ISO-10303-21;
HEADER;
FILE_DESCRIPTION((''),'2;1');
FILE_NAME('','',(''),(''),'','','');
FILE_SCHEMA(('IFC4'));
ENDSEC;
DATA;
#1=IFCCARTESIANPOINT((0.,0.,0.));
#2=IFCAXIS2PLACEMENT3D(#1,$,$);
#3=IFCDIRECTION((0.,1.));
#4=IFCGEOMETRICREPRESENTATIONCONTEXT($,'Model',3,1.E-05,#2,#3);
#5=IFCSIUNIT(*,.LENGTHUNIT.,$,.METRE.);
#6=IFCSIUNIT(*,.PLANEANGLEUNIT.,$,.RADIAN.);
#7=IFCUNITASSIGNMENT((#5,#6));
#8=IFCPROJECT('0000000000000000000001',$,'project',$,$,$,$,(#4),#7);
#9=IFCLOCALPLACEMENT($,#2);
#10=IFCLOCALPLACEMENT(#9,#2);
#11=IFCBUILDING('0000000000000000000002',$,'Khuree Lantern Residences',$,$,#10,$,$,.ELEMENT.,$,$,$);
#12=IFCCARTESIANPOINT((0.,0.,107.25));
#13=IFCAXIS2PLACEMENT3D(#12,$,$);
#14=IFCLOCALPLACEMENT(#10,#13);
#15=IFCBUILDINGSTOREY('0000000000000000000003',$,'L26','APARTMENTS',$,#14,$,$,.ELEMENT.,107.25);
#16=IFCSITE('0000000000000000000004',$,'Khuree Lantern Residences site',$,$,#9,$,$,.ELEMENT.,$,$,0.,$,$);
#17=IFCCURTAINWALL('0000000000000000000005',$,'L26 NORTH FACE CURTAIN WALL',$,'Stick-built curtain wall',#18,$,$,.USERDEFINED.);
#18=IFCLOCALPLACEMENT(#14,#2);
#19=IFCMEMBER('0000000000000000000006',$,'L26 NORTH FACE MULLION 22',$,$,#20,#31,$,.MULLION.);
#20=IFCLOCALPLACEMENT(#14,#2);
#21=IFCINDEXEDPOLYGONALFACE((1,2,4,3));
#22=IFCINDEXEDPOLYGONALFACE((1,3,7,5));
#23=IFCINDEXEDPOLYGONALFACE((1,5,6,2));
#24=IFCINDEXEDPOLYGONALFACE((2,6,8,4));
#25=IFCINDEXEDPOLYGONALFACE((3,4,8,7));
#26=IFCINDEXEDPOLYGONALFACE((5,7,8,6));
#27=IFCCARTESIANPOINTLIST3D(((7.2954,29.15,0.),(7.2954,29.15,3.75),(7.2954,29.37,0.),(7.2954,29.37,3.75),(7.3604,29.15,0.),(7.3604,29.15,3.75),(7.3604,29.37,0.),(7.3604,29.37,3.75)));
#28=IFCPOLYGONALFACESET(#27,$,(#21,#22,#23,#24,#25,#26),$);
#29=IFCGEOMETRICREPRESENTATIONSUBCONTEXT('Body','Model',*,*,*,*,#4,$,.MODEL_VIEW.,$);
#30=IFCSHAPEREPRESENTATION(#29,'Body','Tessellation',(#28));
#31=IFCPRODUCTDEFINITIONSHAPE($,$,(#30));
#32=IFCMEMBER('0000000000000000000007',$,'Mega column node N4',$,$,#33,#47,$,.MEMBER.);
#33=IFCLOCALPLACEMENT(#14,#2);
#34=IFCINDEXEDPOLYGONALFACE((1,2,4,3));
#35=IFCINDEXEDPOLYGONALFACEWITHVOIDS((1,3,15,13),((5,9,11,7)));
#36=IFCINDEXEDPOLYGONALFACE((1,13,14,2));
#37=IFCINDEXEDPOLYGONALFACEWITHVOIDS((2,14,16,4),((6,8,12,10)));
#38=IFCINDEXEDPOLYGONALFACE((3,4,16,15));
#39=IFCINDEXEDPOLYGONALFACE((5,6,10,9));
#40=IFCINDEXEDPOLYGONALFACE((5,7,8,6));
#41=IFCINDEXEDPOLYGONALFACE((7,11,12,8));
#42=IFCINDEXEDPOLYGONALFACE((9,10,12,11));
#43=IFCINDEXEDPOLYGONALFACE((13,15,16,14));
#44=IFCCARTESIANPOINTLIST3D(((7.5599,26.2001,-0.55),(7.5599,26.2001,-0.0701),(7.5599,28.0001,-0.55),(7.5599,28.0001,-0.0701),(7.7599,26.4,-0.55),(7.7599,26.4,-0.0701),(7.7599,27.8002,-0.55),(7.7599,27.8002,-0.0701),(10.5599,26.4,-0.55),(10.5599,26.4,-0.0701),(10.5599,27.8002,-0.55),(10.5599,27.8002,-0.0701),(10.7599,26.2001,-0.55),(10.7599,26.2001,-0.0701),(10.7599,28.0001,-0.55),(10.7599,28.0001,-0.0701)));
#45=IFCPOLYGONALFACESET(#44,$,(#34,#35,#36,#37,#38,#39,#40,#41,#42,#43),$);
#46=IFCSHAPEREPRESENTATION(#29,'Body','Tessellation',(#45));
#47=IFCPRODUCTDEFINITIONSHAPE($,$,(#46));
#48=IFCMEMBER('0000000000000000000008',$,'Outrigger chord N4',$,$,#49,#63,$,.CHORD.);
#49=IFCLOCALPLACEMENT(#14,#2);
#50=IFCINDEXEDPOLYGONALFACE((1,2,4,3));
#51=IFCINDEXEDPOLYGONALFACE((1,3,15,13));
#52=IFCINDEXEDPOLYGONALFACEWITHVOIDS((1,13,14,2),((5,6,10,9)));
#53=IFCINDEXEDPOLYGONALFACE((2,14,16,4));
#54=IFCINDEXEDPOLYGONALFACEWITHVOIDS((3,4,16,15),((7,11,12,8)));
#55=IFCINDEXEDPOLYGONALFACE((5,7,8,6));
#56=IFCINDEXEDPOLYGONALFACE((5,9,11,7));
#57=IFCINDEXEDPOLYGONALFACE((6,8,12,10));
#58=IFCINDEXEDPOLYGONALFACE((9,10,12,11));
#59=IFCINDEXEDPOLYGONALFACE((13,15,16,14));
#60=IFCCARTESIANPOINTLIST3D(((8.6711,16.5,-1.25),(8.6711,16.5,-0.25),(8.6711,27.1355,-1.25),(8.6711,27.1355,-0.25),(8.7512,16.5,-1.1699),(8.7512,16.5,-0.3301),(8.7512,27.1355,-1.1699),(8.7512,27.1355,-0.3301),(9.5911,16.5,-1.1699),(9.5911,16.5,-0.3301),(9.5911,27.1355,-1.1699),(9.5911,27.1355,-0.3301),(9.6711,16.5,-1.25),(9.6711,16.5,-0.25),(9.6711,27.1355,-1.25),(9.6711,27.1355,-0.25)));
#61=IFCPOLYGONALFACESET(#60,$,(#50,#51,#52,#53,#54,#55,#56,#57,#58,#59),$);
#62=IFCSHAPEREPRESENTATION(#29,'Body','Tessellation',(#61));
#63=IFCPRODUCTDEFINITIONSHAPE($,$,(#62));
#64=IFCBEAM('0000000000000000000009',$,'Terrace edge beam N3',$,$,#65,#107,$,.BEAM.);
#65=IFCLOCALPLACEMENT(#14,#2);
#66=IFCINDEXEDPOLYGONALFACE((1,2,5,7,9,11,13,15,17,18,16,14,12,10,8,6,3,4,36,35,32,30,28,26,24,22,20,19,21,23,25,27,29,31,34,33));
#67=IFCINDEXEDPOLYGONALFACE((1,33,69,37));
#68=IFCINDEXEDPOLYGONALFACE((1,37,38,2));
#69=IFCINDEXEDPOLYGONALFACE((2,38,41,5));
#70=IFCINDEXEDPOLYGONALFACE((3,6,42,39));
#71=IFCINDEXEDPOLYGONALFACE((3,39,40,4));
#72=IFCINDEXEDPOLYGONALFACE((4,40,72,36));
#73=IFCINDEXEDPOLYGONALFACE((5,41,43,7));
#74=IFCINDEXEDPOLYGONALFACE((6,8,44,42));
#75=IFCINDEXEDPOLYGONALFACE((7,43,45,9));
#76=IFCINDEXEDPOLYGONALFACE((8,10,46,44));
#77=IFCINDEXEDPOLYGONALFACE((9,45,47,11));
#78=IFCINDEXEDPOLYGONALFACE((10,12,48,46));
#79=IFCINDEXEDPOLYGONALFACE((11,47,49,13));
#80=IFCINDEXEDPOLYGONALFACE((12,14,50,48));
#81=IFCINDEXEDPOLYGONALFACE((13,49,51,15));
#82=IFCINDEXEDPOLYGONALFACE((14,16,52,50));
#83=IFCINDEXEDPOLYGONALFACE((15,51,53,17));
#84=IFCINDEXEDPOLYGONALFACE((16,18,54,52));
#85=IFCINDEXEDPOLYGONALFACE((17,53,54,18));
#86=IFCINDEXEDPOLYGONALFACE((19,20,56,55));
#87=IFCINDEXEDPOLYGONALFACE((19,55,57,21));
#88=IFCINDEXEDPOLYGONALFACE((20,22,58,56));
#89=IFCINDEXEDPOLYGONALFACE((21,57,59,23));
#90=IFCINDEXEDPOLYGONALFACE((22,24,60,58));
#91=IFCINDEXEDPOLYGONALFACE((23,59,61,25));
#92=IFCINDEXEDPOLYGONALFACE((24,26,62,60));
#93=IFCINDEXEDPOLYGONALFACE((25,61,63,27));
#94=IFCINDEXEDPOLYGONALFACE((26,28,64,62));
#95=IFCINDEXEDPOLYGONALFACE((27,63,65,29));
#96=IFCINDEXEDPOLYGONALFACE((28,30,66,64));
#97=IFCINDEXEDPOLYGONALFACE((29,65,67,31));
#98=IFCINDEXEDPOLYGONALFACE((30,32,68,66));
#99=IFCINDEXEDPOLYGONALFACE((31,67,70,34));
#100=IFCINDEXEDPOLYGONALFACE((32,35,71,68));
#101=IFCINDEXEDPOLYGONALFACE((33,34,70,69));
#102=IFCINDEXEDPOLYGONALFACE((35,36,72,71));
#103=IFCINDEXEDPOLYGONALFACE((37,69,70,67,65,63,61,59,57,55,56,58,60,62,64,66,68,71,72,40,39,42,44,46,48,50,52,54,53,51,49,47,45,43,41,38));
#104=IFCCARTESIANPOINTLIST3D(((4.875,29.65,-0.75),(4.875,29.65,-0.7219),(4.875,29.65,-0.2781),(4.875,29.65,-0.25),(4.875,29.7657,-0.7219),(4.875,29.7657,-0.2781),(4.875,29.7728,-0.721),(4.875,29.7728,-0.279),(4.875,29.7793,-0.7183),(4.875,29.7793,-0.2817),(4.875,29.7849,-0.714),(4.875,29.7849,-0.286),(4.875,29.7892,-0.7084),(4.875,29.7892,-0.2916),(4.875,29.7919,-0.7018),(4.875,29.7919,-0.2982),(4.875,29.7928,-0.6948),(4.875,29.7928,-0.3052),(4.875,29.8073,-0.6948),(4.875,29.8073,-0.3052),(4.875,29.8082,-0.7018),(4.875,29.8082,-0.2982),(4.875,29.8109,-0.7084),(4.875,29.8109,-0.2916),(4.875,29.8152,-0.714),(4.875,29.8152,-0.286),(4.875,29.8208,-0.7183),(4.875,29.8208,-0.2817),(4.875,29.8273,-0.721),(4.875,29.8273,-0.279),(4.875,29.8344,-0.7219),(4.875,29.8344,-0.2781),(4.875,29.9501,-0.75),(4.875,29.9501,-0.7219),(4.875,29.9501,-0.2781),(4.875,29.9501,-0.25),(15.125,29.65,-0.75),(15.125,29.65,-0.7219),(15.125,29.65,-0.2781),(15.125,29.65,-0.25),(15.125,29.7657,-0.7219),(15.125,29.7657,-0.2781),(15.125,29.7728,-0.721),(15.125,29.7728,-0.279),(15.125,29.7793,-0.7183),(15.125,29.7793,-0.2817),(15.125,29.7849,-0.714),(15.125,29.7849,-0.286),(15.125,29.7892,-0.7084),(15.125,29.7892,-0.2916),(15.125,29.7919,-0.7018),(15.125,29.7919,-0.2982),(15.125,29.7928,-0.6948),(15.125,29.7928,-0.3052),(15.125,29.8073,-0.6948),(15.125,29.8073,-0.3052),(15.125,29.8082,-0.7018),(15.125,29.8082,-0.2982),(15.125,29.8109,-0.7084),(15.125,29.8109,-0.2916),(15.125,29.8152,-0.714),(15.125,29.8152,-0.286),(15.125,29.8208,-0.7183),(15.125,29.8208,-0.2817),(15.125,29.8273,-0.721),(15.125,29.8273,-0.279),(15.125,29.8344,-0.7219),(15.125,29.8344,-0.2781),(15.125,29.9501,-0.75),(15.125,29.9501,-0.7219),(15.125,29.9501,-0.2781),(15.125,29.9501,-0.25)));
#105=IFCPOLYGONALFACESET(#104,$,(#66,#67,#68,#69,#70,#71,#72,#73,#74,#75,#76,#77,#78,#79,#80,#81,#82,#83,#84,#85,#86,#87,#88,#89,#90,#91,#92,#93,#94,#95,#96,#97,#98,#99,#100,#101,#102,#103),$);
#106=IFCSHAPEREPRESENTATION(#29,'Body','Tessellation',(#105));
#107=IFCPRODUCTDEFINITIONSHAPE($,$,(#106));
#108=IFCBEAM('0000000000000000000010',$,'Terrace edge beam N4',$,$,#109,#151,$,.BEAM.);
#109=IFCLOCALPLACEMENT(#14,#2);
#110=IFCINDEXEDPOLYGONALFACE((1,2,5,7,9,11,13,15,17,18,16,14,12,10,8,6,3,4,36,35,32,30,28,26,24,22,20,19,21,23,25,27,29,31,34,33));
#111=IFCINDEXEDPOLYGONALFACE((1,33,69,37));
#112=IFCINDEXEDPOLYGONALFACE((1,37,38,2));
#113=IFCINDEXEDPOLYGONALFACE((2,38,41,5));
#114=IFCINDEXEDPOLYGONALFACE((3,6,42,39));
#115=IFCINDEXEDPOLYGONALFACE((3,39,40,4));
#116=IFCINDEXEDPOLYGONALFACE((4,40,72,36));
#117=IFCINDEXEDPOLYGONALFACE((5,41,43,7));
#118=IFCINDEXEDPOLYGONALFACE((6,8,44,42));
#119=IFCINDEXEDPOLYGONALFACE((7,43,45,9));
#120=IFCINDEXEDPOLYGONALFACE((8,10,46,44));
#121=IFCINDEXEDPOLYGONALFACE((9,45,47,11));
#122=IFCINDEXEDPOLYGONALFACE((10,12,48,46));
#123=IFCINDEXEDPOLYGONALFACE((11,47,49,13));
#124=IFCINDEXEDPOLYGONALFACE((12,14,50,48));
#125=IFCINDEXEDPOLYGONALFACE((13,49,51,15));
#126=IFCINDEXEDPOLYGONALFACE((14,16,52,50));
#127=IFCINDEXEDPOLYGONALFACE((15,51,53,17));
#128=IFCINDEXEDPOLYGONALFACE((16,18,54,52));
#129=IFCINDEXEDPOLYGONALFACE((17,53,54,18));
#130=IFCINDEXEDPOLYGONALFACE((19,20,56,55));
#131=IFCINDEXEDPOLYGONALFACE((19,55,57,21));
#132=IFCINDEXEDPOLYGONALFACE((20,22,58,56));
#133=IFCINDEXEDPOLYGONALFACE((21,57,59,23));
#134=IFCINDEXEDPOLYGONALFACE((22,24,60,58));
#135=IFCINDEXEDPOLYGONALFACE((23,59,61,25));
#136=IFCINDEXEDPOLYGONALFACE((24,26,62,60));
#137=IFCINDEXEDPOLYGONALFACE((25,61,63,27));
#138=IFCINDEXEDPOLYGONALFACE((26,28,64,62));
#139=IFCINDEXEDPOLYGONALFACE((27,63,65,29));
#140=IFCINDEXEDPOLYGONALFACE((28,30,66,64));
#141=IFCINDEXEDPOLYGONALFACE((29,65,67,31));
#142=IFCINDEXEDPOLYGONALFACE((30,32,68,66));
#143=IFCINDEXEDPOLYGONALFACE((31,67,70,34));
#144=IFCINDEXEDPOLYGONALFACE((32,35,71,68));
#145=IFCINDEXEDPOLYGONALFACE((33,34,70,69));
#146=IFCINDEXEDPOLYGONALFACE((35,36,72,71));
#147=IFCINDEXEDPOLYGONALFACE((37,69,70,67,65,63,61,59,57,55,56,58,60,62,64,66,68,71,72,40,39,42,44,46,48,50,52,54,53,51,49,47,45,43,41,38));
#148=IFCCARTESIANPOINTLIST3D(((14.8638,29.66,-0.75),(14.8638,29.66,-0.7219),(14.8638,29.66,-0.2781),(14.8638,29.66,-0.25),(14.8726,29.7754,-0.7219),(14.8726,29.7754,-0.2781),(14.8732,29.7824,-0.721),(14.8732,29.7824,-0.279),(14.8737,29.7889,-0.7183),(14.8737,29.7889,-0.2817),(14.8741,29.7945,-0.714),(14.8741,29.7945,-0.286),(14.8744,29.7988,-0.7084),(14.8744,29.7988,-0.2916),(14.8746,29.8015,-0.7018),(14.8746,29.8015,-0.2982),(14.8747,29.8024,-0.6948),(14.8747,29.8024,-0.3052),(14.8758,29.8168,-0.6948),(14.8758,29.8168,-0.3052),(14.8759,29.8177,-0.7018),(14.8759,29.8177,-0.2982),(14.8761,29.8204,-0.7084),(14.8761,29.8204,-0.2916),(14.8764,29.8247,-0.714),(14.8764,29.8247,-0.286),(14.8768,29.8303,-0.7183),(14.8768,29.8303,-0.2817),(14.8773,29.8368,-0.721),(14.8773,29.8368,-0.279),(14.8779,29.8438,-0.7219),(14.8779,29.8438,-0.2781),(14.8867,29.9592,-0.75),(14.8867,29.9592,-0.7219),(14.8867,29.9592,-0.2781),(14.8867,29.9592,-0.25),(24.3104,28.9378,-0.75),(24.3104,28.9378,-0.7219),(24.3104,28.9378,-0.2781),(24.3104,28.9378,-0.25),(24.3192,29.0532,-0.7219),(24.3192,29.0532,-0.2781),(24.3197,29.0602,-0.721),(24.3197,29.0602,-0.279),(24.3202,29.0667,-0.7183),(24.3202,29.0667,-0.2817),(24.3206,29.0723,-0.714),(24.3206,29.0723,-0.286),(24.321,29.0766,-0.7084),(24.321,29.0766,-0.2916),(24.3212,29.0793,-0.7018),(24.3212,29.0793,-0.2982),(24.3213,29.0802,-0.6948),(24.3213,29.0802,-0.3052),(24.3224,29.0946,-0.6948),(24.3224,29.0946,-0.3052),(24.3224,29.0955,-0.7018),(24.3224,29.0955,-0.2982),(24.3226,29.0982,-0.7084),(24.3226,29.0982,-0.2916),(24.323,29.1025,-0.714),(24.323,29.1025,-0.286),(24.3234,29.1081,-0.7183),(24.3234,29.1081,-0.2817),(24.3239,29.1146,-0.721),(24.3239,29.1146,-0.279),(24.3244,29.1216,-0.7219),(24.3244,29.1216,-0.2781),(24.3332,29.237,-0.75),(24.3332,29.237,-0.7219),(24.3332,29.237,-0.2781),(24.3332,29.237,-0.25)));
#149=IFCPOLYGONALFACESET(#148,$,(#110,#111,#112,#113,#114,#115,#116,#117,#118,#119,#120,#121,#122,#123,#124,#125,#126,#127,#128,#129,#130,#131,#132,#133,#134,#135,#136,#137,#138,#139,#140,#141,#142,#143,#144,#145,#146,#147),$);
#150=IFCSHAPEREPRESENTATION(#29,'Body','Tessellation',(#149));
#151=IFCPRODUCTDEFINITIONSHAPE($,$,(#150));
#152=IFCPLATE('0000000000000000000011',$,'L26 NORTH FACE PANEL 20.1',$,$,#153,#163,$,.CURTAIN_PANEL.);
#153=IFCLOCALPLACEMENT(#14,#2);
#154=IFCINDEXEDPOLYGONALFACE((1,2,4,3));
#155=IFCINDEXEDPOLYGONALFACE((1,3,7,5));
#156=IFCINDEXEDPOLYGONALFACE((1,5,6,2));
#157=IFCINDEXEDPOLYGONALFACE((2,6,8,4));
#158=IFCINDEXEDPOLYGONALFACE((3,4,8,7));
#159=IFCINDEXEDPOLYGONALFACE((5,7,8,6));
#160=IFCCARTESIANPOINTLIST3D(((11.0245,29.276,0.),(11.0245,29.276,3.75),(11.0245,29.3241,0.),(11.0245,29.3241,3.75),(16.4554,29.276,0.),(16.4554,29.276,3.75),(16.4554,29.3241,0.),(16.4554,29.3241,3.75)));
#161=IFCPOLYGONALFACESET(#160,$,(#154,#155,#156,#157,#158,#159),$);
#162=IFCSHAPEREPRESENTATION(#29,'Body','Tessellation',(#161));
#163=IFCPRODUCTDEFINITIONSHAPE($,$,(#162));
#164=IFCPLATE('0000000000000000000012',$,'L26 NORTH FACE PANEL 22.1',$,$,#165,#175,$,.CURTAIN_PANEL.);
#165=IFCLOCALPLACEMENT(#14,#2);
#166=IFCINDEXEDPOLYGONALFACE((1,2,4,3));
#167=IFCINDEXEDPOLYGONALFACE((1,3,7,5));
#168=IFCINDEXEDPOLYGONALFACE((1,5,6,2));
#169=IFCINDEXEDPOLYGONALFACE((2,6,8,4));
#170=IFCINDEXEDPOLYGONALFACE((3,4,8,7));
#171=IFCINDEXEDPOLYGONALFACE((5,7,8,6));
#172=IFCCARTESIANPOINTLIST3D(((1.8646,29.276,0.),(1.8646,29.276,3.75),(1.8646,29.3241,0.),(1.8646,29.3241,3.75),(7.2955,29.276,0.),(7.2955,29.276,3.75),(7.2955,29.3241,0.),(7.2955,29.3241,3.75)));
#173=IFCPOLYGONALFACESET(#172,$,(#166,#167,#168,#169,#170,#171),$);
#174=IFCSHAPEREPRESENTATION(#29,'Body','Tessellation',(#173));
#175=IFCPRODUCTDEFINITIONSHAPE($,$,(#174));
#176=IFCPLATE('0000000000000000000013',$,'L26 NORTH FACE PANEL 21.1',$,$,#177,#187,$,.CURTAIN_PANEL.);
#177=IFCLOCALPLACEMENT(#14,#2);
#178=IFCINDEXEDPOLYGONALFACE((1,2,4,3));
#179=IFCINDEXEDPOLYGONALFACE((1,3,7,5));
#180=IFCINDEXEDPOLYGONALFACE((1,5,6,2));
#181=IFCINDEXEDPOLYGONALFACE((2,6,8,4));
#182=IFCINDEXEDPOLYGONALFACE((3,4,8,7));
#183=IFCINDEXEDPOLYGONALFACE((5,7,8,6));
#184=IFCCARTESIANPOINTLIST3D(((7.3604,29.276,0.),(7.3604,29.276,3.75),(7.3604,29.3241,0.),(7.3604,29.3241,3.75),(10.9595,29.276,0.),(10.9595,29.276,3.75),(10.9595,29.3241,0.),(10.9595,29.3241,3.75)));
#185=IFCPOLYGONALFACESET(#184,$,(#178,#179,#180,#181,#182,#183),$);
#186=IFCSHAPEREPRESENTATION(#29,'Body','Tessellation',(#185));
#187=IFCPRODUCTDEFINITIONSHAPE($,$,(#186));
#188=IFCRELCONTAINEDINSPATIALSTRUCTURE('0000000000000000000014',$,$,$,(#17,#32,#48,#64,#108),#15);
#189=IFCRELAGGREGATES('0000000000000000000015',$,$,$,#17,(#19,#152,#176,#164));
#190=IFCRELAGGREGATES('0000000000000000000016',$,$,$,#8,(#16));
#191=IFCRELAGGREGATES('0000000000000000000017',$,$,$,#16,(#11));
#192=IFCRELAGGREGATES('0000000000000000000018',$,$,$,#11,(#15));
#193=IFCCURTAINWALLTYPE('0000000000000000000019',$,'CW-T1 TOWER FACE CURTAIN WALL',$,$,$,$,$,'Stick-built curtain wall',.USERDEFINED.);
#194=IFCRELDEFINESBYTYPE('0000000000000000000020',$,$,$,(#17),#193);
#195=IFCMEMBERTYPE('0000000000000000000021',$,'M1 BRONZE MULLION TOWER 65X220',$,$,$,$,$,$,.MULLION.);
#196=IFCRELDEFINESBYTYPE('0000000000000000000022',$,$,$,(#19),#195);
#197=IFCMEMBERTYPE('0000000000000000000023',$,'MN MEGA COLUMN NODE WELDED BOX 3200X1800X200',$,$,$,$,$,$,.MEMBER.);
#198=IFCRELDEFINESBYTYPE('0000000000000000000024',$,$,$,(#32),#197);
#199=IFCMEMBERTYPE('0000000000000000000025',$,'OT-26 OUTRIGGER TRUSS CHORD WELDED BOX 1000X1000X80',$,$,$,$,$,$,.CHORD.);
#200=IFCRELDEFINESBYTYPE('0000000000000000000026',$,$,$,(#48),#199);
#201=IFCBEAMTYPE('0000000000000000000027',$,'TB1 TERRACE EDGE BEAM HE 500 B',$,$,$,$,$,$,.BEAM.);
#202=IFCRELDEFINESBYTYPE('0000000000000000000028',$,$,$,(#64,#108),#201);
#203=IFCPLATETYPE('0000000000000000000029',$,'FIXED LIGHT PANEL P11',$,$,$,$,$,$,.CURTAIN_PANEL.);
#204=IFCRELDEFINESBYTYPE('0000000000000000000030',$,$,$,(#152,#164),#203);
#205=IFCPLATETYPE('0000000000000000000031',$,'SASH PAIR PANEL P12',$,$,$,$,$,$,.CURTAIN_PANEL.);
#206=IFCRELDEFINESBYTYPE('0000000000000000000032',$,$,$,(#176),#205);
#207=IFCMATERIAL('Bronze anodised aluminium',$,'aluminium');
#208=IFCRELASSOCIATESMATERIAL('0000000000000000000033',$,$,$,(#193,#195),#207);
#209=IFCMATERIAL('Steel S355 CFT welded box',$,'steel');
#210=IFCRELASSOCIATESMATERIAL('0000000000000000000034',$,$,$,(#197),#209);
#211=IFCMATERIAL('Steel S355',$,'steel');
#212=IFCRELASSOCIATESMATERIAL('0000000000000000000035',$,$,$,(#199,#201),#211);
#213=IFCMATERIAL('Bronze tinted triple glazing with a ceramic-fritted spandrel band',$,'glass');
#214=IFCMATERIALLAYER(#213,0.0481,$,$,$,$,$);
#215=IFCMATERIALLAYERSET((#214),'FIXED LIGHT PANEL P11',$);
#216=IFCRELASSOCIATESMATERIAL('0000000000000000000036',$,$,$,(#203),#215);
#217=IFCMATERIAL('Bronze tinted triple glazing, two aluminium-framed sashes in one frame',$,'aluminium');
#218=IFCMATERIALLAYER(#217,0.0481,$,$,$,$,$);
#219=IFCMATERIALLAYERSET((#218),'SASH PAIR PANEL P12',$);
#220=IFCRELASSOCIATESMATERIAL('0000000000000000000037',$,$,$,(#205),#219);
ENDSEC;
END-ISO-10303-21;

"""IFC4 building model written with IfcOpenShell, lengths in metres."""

from ifc_helpers import new_model, si_unit, direction, frame, origin, origin_2d, place, context, subcontext, project, spatial, rectangle, hollow_rectangle, i_section, extrude, material, layer, layer_set, material_profile, profile_set, type_object, element, aggregate, save


model = new_model("IFC4")

# Units and contexts
model_context = context("Model", 3, precision=1e-05, world=origin(), true_north=direction((0.0, 1.0)))
body_context = subcontext(model_context, "Body", "Model", "MODEL_VIEW")
ifc_project = project(units=[si_unit("LENGTHUNIT", "METRE"), si_unit("PLANEANGLEUNIT", "RADIAN")], contexts=[model_context])

# Site, building, storey
site_placement = place(None, origin())
site = spatial("IfcSite", under=ifc_project, at=site_placement, Name="Khuree Lantern Residences site", CompositionType="ELEMENT", RefElevation=0.0)
building_placement = place(site_placement, origin())
building = spatial("IfcBuilding", under=site, at=building_placement, Name="Khuree Lantern Residences", CompositionType="ELEMENT")
storey_placement = place(building_placement, frame((0.0, 0.0, 107.25)))
storey = spatial("IfcBuildingStorey", under=building, at=storey_placement, Name="L26", Description="APARTMENTS", CompositionType="ELEMENT", Elevation=107.25)

# Shared definitions
ifc_material_1 = material(Name="Steel S355 CFT welded box", Category="steel")

# Shared definitions
ifc_material_2 = material(Name="Steel S355", Category="steel")

# Curtain wall, member
ifc_material_3 = material(Name="Bronze anodised aluminium", Category="aluminium")
curtain_wall_type = type_object("IfcCurtainWallType", Name="CW-T1 TOWER FACE CURTAIN WALL", ElementType="Stick-built curtain wall", PredefinedType="USERDEFINED", material=ifc_material_3)
curtain_wall_placement = place(storey_placement, origin())
curtain_wall = element("IfcCurtainWall", 1, at=curtain_wall_placement, inside=storey, type_object=curtain_wall_type, Name="L26 NORTH FACE CURTAIN WALL", ObjectType="Stick-built curtain wall", PredefinedType="USERDEFINED")
ifc_material_profile_1 = material_profile(ifc_material_3, rectangle(XDim=0.0649, YDim=0.22, at=origin_2d()), Name="M1 65X220")
ifc_profile_set_1 = profile_set([ifc_material_profile_1], Name="Bronze anodised aluminium")
member_type_1 = type_object("IfcMemberType", Name="M1 BRONZE MULLION TOWER 65X220", PredefinedType="MULLION", material=ifc_profile_set_1)
member_1_placement = place(storey_placement, frame((7.3279, 29.26, 0.0), z_axis=(0.0, 0.0, 1.0), x_axis=(-1.0, 0.0, 0.0)))
member_1 = element("IfcMember", 2, at=member_1_placement, type_object=member_type_1, Name="L26 NORTH FACE MULLION 22", PredefinedType="MULLION", context=body_context, shape_type="SweptSolid", body=[
    extrude(rectangle(XDim=0.0649, YDim=0.22, at=origin_2d()), origin(), (0.0, 0.0, 1.0), 3.75),
])

# Members
ifc_material_profile_2 = material_profile(ifc_material_1, hollow_rectangle(XDim=3.2, YDim=1.8, WallThickness=0.2, at=origin_2d()), Name="WELDED BOX 3200X1800X200")
ifc_profile_set_2 = profile_set([ifc_material_profile_2], Name="Steel S355 CFT welded box")
member_type_2 = type_object("IfcMemberType", Name="MN MEGA COLUMN NODE WELDED BOX 3200X1800X200", PredefinedType="MEMBER", material=ifc_profile_set_2)
member_2_placement = place(storey_placement, frame((9.1599, 27.1001, -0.55), z_axis=(0.0, 0.0, 1.0), x_axis=(1.0, 0.0, 0.0)))
element("IfcMember", 3, at=member_2_placement, inside=storey, type_object=member_type_2, Name="Mega column node N4", PredefinedType="MEMBER", context=body_context, shape_type="SweptSolid", body=[
    extrude(hollow_rectangle(XDim=3.2, YDim=1.8, WallThickness=0.2, at=origin_2d()), origin(), (0.0, 0.0, 1.0), 0.48),
])
ifc_material_profile_3 = material_profile(ifc_material_2, hollow_rectangle(XDim=1.0, YDim=1.0, WallThickness=0.0801, at=origin_2d()), Name="WELDED BOX 1000X1000X80")
ifc_profile_set_3 = profile_set([ifc_material_profile_3], Name="Steel S355")
member_type_3 = type_object("IfcMemberType", Name="OT-26 OUTRIGGER TRUSS CHORD WELDED BOX 1000X1000X80", PredefinedType="CHORD", material=ifc_profile_set_3)
member_3_placement = place(storey_placement, frame((9.1711, 27.1355, -0.75), z_axis=(0.0, -1.0, 0.0), x_axis=(1.0, 0.0, 0.0)))
element("IfcMember", 4, at=member_3_placement, inside=storey, type_object=member_type_3, Name="Outrigger chord N4", PredefinedType="CHORD", context=body_context, shape_type="SweptSolid", body=[
    extrude(hollow_rectangle(XDim=1.0, YDim=1.0, WallThickness=0.0801, at=origin_2d()), origin(), (0.0, 0.0, 1.0), 10.6355),
])

# Beams
ifc_material_profile_4 = material_profile(ifc_material_2, i_section(OverallWidth=0.3, OverallDepth=0.5, WebThickness=0.0144, FlangeThickness=0.0281, FilletRadius=0.0271, at=origin_2d()), Name="HE 500 B")
ifc_profile_set_4 = profile_set([ifc_material_profile_4], Name="Steel S355")
beam_type_1 = type_object("IfcBeamType", Name="TB1 TERRACE EDGE BEAM HE 500 B", PredefinedType="BEAM", material=ifc_profile_set_4)
beam_1_placement = place(storey_placement, frame((4.875, 29.8, -0.5), z_axis=(1.0, 0.0, 0.0), x_axis=(0.0, 1.0, 0.0)))
element("IfcBeam", 5, at=beam_1_placement, inside=storey, type_object=beam_type_1, Name="Terrace edge beam N3", PredefinedType="BEAM", context=body_context, shape_type="SweptSolid", body=[
    extrude(i_section(OverallWidth=0.3, OverallDepth=0.5, WebThickness=0.0144, FlangeThickness=0.0281, FilletRadius=0.0271, at=origin_2d()), origin(), (0.0, 0.0, 1.0), 10.25),
])
beam_2_placement = place(storey_placement, frame((14.8752, 29.8096, -0.5), z_axis=(0.997091, -0.076226, 0.0), x_axis=(0.076226, 0.997091, 0.0)))
element("IfcBeam", 6, at=beam_2_placement, inside=storey, type_object=beam_type_1, Name="Terrace edge beam N4", PredefinedType="BEAM", context=body_context, shape_type="SweptSolid", body=[
    extrude(i_section(OverallWidth=0.3, OverallDepth=0.5, WebThickness=0.0144, FlangeThickness=0.0281, FilletRadius=0.0271, at=origin_2d()), origin(), (0.0, 0.0, 1.0), 9.4741),
])

# Plates
ifc_material_4 = material(Name="Bronze tinted triple glazing with a ceramic-fritted spandrel band", Category="glass")
ifc_layer_1 = layer(ifc_material_4, 0.0481)
ifc_layer_set_1 = layer_set([ifc_layer_1], Name="FIXED LIGHT PANEL P11")
plate_type_1 = type_object("IfcPlateType", Name="FIXED LIGHT PANEL P11", PredefinedType="CURTAIN_PANEL", material=ifc_layer_set_1)
plate_1_placement = place(storey_placement, frame((13.74, 29.3, 0.0), z_axis=(0.0, 0.0, 1.0), x_axis=(-1.0, 0.0, 0.0)))
plate_1 = element("IfcPlate", 7, at=plate_1_placement, type_object=plate_type_1, Name="L26 NORTH FACE PANEL 20.1", PredefinedType="CURTAIN_PANEL", context=body_context, shape_type="SweptSolid", body=[
    extrude(rectangle(XDim=5.4309, YDim=0.0481, at=origin_2d()), origin(), (0.0, 0.0, 1.0), 3.75),
])
plate_2_placement = place(storey_placement, frame((4.5801, 29.3, 0.0), z_axis=(0.0, 0.0, 1.0), x_axis=(-1.0, 0.0, 0.0)))
plate_2 = element("IfcPlate", 8, at=plate_2_placement, type_object=plate_type_1, Name="L26 NORTH FACE PANEL 22.1", PredefinedType="CURTAIN_PANEL", context=body_context, shape_type="SweptSolid", body=[
    extrude(rectangle(XDim=5.4309, YDim=0.0481, at=origin_2d()), origin(), (0.0, 0.0, 1.0), 3.75),
])
ifc_material_5 = material(Name="Bronze tinted triple glazing, two aluminium-framed sashes in one frame", Category="aluminium")
ifc_layer_2 = layer(ifc_material_5, 0.0481)
ifc_layer_set_2 = layer_set([ifc_layer_2], Name="SASH PAIR PANEL P12")
plate_type_2 = type_object("IfcPlateType", Name="SASH PAIR PANEL P12", PredefinedType="CURTAIN_PANEL", material=ifc_layer_set_2)
plate_3_placement = place(storey_placement, frame((9.1599, 29.3, 0.0), z_axis=(0.0, 0.0, 1.0), x_axis=(-1.0, 0.0, 0.0)))
plate_3 = element("IfcPlate", 9, at=plate_3_placement, type_object=plate_type_2, Name="L26 NORTH FACE PANEL 21.1", PredefinedType="CURTAIN_PANEL", context=body_context, shape_type="SweptSolid", body=[
    extrude(rectangle(XDim=3.5991, YDim=0.0481, at=origin_2d()), origin(), (0.0, 0.0, 1.0), 3.75),
])
aggregate(curtain_wall, [member_1, plate_1, plate_3, plate_2])

save(model, "model.ifc")
